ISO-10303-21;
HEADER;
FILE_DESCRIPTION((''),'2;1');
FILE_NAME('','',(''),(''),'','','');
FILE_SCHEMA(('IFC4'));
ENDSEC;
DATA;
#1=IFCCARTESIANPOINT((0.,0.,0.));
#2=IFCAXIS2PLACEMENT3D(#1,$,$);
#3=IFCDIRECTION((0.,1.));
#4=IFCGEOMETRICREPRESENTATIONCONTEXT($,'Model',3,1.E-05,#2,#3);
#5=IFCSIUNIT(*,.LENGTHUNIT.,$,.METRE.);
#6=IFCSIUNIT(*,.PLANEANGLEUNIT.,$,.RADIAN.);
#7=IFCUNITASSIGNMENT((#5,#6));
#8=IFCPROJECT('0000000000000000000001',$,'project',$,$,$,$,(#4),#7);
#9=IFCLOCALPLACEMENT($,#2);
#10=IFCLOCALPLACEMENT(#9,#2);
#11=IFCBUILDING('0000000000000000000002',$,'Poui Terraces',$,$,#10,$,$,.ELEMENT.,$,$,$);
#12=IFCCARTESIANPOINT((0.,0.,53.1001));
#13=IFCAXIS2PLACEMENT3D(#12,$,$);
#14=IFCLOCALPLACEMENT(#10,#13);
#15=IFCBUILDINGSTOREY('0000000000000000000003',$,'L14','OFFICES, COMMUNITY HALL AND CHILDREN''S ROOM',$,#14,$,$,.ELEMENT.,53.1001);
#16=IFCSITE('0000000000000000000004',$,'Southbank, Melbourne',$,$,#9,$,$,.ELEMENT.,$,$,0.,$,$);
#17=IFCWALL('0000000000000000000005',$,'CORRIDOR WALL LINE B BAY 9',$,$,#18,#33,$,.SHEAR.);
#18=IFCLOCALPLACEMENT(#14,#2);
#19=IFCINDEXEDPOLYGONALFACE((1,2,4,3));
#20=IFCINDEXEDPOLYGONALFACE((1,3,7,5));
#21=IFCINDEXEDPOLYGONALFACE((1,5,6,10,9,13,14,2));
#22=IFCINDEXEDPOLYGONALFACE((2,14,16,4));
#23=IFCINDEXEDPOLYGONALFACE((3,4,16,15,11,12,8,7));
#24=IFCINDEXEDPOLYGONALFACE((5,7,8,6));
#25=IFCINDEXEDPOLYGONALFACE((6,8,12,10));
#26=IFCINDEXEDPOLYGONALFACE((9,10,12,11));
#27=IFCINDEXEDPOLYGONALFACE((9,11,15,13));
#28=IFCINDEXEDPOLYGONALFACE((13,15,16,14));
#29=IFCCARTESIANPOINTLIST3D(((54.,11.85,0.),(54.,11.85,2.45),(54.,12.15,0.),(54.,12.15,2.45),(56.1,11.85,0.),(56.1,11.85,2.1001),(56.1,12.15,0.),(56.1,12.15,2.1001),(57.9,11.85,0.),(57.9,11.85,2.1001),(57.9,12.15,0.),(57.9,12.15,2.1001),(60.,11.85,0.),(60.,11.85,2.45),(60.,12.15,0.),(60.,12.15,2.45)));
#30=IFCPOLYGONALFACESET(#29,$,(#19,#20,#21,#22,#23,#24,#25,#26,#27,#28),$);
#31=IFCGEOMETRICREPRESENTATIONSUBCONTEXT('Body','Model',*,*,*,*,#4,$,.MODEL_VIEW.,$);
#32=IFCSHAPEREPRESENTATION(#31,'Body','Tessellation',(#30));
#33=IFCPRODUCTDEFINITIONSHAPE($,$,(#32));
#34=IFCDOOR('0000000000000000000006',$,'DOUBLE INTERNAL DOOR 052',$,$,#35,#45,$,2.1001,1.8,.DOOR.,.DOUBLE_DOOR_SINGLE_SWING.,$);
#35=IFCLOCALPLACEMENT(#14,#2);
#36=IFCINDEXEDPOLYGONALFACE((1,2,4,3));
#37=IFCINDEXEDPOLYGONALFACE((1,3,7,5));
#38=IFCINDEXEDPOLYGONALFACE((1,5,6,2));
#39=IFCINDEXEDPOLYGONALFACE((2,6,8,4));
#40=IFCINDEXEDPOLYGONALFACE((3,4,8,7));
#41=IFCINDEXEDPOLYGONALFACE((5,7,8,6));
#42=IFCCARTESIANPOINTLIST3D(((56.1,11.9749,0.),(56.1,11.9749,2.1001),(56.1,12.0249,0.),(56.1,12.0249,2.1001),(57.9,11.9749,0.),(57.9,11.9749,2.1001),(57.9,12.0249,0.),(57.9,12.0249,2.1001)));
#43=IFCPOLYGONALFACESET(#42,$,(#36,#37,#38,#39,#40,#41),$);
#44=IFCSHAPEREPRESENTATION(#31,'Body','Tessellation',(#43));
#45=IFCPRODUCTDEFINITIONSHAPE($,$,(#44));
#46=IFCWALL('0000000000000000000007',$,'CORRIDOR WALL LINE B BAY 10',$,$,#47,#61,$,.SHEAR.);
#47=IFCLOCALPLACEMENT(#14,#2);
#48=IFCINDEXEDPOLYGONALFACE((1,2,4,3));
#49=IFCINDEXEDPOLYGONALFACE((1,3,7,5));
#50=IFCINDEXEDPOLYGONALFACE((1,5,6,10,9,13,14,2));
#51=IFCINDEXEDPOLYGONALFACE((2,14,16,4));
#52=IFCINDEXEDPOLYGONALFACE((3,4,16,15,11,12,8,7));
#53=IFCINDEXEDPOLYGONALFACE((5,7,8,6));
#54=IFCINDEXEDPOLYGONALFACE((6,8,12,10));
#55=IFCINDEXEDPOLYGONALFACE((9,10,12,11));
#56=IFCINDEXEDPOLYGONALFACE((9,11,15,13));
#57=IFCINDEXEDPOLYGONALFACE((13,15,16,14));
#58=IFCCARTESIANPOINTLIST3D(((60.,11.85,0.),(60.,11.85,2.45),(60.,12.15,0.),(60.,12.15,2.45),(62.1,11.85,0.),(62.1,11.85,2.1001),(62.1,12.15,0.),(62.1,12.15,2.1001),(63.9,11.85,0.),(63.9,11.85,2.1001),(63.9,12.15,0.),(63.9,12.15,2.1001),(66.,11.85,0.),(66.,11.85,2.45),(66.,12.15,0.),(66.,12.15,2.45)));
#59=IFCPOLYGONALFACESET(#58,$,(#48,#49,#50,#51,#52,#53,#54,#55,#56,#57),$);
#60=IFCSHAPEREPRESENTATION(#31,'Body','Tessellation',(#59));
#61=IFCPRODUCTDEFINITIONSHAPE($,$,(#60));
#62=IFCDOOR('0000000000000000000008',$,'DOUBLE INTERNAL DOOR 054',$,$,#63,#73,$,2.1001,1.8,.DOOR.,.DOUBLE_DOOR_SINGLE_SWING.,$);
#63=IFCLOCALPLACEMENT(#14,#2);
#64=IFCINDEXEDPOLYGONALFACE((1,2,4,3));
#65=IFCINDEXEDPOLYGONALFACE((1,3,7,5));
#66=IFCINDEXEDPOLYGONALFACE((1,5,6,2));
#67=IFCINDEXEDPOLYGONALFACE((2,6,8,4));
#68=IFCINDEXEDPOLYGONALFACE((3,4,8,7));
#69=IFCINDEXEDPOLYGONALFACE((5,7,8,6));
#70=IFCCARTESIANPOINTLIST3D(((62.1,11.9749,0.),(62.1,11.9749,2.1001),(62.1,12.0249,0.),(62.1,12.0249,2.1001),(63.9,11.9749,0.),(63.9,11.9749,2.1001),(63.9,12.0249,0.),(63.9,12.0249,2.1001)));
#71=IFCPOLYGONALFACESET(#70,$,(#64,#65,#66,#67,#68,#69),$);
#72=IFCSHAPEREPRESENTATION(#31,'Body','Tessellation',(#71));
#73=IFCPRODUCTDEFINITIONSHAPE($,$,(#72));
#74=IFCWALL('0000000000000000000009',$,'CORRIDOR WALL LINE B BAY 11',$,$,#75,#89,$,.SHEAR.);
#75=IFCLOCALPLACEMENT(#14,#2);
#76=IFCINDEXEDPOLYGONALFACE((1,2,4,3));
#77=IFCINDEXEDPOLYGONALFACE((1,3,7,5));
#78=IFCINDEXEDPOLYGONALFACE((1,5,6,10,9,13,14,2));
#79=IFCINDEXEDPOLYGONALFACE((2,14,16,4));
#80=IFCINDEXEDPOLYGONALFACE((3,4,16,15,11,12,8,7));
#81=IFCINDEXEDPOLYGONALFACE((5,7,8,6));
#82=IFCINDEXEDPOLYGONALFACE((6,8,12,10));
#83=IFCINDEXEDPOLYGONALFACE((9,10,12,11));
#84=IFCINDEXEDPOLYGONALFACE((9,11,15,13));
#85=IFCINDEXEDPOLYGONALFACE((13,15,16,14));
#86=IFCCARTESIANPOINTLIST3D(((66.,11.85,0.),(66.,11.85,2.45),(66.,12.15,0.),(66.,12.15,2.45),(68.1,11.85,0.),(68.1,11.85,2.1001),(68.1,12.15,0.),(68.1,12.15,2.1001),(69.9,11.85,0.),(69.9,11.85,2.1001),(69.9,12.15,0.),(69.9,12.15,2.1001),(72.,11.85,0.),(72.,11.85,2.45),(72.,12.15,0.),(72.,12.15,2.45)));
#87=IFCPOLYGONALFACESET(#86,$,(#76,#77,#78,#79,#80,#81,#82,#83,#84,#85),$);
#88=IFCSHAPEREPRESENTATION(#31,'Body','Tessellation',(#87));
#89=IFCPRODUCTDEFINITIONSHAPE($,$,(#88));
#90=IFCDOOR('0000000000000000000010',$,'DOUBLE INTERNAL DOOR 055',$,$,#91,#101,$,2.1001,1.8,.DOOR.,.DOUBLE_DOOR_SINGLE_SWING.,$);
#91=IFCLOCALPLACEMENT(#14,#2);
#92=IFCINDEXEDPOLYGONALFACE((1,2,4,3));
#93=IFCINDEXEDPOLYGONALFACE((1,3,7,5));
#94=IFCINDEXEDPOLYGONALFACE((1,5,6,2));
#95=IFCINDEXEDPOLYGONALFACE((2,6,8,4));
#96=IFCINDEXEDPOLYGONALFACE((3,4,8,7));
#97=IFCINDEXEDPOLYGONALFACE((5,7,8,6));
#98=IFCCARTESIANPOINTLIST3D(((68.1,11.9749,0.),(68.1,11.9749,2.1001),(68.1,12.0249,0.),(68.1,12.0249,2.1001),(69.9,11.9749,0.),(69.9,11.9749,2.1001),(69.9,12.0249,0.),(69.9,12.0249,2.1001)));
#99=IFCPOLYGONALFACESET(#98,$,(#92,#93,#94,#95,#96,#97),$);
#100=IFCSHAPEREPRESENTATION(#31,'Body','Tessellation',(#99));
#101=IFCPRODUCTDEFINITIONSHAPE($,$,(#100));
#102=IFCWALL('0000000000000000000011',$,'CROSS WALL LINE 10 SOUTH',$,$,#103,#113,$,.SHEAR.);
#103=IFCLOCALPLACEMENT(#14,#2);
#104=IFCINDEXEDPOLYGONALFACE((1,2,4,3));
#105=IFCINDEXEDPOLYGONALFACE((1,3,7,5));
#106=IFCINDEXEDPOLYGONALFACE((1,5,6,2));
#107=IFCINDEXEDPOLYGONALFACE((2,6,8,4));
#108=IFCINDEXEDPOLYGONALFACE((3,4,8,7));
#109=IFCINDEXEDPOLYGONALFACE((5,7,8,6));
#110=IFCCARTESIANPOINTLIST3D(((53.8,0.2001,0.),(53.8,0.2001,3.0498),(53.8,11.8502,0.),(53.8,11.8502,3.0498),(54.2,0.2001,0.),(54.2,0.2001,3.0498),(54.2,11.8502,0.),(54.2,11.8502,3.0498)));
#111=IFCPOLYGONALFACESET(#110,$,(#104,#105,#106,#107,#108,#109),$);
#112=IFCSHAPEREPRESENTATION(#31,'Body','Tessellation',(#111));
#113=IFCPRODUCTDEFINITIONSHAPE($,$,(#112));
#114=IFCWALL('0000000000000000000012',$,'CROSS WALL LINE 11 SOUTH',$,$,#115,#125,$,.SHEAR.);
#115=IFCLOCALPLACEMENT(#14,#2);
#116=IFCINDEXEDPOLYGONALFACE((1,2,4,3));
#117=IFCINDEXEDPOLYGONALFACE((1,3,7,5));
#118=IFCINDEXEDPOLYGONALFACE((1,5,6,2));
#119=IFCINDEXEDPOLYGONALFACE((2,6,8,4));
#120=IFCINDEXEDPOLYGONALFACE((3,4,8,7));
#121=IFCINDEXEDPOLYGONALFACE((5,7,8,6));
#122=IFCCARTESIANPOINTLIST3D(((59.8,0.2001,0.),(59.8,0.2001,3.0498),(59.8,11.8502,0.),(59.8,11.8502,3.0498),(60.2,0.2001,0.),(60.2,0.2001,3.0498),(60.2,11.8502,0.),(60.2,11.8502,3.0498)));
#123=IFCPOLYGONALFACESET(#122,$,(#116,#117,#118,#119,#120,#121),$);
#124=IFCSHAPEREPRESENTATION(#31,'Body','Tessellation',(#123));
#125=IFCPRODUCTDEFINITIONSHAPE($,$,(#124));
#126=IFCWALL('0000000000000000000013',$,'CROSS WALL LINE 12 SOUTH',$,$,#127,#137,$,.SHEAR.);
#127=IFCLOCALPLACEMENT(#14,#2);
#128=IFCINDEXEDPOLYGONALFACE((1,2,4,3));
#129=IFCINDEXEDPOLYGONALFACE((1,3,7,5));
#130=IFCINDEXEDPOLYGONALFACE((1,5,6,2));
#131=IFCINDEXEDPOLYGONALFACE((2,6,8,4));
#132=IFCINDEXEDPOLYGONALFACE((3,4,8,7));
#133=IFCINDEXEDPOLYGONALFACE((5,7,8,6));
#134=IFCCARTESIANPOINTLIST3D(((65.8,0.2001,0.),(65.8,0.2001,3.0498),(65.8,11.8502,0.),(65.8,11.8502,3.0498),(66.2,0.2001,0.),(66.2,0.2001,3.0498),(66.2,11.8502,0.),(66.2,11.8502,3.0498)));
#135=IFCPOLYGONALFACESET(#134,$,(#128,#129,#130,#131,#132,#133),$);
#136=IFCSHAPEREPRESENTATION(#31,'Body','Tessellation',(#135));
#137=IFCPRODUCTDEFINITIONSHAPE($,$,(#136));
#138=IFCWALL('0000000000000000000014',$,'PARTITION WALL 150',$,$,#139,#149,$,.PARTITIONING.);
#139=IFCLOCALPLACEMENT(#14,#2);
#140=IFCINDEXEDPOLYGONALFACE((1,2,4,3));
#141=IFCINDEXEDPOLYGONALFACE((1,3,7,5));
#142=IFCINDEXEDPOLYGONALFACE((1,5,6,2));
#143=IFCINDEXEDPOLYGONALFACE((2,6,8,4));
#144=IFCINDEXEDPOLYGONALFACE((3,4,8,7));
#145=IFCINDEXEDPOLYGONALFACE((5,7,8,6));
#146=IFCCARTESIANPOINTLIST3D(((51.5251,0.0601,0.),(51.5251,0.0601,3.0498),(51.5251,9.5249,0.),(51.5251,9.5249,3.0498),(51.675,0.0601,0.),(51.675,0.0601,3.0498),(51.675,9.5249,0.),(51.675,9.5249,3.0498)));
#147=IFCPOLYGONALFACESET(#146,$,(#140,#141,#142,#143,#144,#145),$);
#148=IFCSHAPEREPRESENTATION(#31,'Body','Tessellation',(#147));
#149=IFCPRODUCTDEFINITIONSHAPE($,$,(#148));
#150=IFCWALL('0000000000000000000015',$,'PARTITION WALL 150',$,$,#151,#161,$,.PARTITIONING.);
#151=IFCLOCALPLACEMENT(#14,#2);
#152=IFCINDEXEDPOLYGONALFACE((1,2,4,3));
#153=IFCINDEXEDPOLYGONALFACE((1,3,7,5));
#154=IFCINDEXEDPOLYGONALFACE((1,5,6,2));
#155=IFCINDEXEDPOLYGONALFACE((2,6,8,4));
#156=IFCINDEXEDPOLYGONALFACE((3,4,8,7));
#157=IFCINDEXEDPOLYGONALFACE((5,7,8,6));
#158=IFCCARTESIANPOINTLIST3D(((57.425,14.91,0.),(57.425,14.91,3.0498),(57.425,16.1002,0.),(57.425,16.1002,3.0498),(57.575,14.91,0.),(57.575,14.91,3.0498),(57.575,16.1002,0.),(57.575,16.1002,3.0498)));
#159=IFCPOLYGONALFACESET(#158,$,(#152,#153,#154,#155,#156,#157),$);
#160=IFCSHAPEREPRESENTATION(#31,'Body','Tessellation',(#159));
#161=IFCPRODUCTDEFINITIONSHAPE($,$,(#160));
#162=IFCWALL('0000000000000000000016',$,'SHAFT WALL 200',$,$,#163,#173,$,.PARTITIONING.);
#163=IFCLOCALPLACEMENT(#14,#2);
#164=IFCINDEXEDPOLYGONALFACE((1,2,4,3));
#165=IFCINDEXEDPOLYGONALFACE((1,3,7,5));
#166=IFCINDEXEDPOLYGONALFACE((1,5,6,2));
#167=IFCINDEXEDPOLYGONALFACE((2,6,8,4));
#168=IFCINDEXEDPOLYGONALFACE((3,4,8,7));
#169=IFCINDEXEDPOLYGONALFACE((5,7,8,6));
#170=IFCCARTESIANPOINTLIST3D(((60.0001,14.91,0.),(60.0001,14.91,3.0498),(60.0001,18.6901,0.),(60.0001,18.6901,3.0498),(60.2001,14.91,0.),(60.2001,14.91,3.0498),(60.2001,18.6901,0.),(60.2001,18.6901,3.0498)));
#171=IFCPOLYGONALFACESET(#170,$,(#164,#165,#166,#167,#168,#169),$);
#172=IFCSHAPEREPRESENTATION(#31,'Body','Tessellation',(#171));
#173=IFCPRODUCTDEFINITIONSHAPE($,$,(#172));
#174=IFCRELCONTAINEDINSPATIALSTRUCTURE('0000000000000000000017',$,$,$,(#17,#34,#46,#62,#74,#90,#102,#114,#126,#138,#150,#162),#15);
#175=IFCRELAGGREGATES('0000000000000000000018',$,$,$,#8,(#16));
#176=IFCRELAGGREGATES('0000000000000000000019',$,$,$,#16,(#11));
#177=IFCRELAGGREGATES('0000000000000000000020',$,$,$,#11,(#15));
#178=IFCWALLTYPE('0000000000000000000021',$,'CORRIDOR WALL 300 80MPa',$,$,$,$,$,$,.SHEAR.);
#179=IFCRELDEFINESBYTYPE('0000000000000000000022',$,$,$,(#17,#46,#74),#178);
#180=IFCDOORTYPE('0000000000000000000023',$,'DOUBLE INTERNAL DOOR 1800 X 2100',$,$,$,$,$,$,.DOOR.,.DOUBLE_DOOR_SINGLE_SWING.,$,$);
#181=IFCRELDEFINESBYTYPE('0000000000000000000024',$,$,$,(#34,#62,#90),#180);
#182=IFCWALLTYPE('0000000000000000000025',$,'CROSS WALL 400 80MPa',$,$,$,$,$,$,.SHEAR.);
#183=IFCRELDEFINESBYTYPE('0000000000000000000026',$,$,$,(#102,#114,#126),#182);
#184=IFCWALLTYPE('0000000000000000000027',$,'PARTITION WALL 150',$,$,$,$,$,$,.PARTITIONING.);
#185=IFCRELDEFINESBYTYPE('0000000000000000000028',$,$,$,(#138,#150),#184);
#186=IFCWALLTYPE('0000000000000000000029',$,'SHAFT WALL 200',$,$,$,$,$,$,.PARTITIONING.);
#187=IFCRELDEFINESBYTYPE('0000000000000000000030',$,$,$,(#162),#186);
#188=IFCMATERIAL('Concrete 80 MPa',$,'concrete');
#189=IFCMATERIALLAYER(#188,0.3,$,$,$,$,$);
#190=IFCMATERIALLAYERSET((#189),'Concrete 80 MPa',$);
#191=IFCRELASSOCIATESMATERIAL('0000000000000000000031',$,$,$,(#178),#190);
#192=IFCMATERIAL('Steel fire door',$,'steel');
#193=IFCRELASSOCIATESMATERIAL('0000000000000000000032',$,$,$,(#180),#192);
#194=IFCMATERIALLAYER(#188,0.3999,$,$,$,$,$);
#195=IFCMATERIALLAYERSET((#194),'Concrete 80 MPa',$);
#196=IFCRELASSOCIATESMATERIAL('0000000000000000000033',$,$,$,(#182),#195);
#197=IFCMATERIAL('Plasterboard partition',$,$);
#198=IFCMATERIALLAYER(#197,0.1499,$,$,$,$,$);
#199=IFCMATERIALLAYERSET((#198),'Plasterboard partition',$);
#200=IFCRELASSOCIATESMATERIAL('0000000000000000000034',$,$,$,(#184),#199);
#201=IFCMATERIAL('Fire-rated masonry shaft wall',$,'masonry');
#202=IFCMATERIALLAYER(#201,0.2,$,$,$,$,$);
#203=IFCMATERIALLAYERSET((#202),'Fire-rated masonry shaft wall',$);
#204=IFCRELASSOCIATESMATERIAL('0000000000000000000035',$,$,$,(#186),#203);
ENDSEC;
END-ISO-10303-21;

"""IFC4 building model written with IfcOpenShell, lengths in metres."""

from ifc_helpers import new_model, si_unit, direction, frame, frame_2d, origin, place, context, subcontext, project, spatial, rectangle, extrude, material, layer, layer_set, type_object, element, fill, save


model = new_model("IFC4")

# Units and contexts
model_context = context("Model", 3, precision=1e-05, world=origin(), true_north=direction((0.0, 1.0)))
body_context = subcontext(model_context, "Body", "Model", "MODEL_VIEW")
ifc_project = project(units=[si_unit("LENGTHUNIT", "METRE"), si_unit("PLANEANGLEUNIT", "RADIAN")], contexts=[model_context])

# Site, building, storey
site_placement = place(None, origin())
site = spatial("IfcSite", under=ifc_project, at=site_placement, Name="Southbank, Melbourne", CompositionType="ELEMENT", RefElevation=0.0)
building_placement = place(site_placement, origin())
building = spatial("IfcBuilding", under=site, at=building_placement, Name="Poui Terraces", CompositionType="ELEMENT")
storey_placement = place(building_placement, frame((0.0, 0.0, 53.1001)))
storey = spatial("IfcBuildingStorey", under=building, at=storey_placement, Name="L14", Description="OFFICES, COMMUNITY HALL AND CHILDREN'S ROOM", CompositionType="ELEMENT", Elevation=53.1001)

# Shared definitions
ifc_material_1 = material(Name="Concrete 80 MPa", Category="concrete")

# Walls, openings, doors
ifc_layer_1 = layer(ifc_material_1, 0.3)
ifc_layer_set_1 = layer_set([ifc_layer_1], Name="Concrete 80 MPa")
wall_type_1 = type_object("IfcWallType", Name="CORRIDOR WALL 300 80MPa", PredefinedType="SHEAR", material=ifc_layer_set_1)
wall_1_placement = place(storey_placement, frame((54.0, 12.0, 0.0), z_axis=(0.0, 0.0, 1.0), x_axis=(1.0, 0.0, 0.0)))
wall_1 = element("IfcWall", 1, at=wall_1_placement, inside=storey, type_object=wall_type_1, Name="CORRIDOR WALL LINE B BAY 9", PredefinedType="SHEAR", context=body_context, shape_type="SweptSolid", body=[
    extrude(rectangle(XDim=6.0, YDim=0.3, at=frame_2d((3.0, 0.0))), origin(), (0.0, 0.0, 1.0), 2.45),
])
opening_1_placement = place(wall_1_placement, frame((2.1001, 0.0, 0.0)))
opening_1 = element("IfcOpeningElement", 2, at=opening_1_placement, cuts=wall_1, PredefinedType="OPENING", context=body_context, shape_type="SweptSolid", body=[
    extrude(rectangle(XDim=1.8, YDim=2.1001, at=frame_2d((0.8999, 1.05))), frame((0.0, 0.1602, 0.0), z_axis=(0.0, -1.0, 0.0), x_axis=(1.0, 0.0, 0.0)), (0.0, 0.0, 1.0), 0.3201),
])
ifc_material_2 = material(Name="Steel fire door", Category="steel")
door_type_1 = type_object("IfcDoorType", Name="DOUBLE INTERNAL DOOR 1800 X 2100", OperationType="DOUBLE_DOOR_SINGLE_SWING", PredefinedType="DOOR", material=ifc_material_2)
door_1_placement = place(opening_1_placement, origin())
door_1 = element("IfcDoor", 3, at=door_1_placement, inside=storey, type_object=door_type_1, Name="DOUBLE INTERNAL DOOR 052", OperationType="DOUBLE_DOOR_SINGLE_SWING", OverallHeight=2.1001, OverallWidth=1.8, PredefinedType="DOOR", context=body_context, shape_type="SweptSolid", body=[
    extrude(rectangle(XDim=1.8, YDim=2.1001, at=frame_2d((0.8999, 1.05))), frame((0.0, 0.0249, 0.0), z_axis=(0.0, -1.0, 0.0), x_axis=(1.0, 0.0, 0.0)), (0.0, 0.0, 1.0), 0.05),
])
fill(opening_1, door_1)
wall_2_placement = place(storey_placement, frame((60.0, 12.0, 0.0), z_axis=(0.0, 0.0, 1.0), x_axis=(1.0, 0.0, 0.0)))
wall_2 = element("IfcWall", 4, at=wall_2_placement, inside=storey, type_object=wall_type_1, Name="CORRIDOR WALL LINE B BAY 10", PredefinedType="SHEAR", context=body_context, shape_type="SweptSolid", body=[
    extrude(rectangle(XDim=6.0, YDim=0.3, at=frame_2d((3.0, 0.0))), origin(), (0.0, 0.0, 1.0), 2.45),
])
opening_2_placement = place(wall_2_placement, frame((2.1001, 0.0, 0.0)))
opening_2 = element("IfcOpeningElement", 5, at=opening_2_placement, cuts=wall_2, PredefinedType="OPENING", context=body_context, shape_type="SweptSolid", body=[
    extrude(rectangle(XDim=1.8, YDim=2.1001, at=frame_2d((0.8999, 1.05))), frame((0.0, 0.1602, 0.0), z_axis=(0.0, -1.0, 0.0), x_axis=(1.0, 0.0, 0.0)), (0.0, 0.0, 1.0), 0.3201),
])
door_2_placement = place(opening_2_placement, origin())
door_2 = element("IfcDoor", 6, at=door_2_placement, inside=storey, type_object=door_type_1, Name="DOUBLE INTERNAL DOOR 054", OperationType="DOUBLE_DOOR_SINGLE_SWING", OverallHeight=2.1001, OverallWidth=1.8, PredefinedType="DOOR", context=body_context, shape_type="SweptSolid", body=[
    extrude(rectangle(XDim=1.8, YDim=2.1001, at=frame_2d((0.8999, 1.05))), frame((0.0, 0.0249, 0.0), z_axis=(0.0, -1.0, 0.0), x_axis=(1.0, 0.0, 0.0)), (0.0, 0.0, 1.0), 0.05),
])
fill(opening_2, door_2)
wall_3_placement = place(storey_placement, frame((66.0, 12.0, 0.0), z_axis=(0.0, 0.0, 1.0), x_axis=(1.0, 0.0, 0.0)))
wall_3 = element("IfcWall", 7, at=wall_3_placement, inside=storey, type_object=wall_type_1, Name="CORRIDOR WALL LINE B BAY 11", PredefinedType="SHEAR", context=body_context, shape_type="SweptSolid", body=[
    extrude(rectangle(XDim=6.0, YDim=0.3, at=frame_2d((3.0, 0.0))), origin(), (0.0, 0.0, 1.0), 2.45),
])
opening_3_placement = place(wall_3_placement, frame((2.1001, 0.0, 0.0)))
opening_3 = element("IfcOpeningElement", 8, at=opening_3_placement, cuts=wall_3, PredefinedType="OPENING", context=body_context, shape_type="SweptSolid", body=[
    extrude(rectangle(XDim=1.8, YDim=2.1001, at=frame_2d((0.8999, 1.05))), frame((0.0, 0.1602, 0.0), z_axis=(0.0, -1.0, 0.0), x_axis=(1.0, 0.0, 0.0)), (0.0, 0.0, 1.0), 0.3201),
])
door_3_placement = place(opening_3_placement, origin())
door_3 = element("IfcDoor", 9, at=door_3_placement, inside=storey, type_object=door_type_1, Name="DOUBLE INTERNAL DOOR 055", OperationType="DOUBLE_DOOR_SINGLE_SWING", OverallHeight=2.1001, OverallWidth=1.8, PredefinedType="DOOR", context=body_context, shape_type="SweptSolid", body=[
    extrude(rectangle(XDim=1.8, YDim=2.1001, at=frame_2d((0.8999, 1.05))), frame((0.0, 0.0249, 0.0), z_axis=(0.0, -1.0, 0.0), x_axis=(1.0, 0.0, 0.0)), (0.0, 0.0, 1.0), 0.05),
])
fill(opening_3, door_3)

# Walls
ifc_layer_2 = layer(ifc_material_1, 0.3999)
ifc_layer_set_2 = layer_set([ifc_layer_2], Name="Concrete 80 MPa")
wall_type_2 = type_object("IfcWallType", Name="CROSS WALL 400 80MPa", PredefinedType="SHEAR", material=ifc_layer_set_2)
for number, where, z_axis, x_axis, name in (
    (10, (54.0, 0.2, 0.0), (0.0, 0.0, 1.0), (0.0, 1.0, 0.0), "CROSS WALL LINE 10 SOUTH"),
    (11, (60.0, 0.2, 0.0), (0.0, 0.0, 1.0), (0.0, 1.0, 0.0), "CROSS WALL LINE 11 SOUTH"),
    (12, (66.0, 0.2, 0.0), (0.0, 0.0, 1.0), (0.0, 1.0, 0.0), "CROSS WALL LINE 12 SOUTH"),
):
    element("IfcWall", number, at=place(storey_placement, frame(where, z_axis=z_axis, x_axis=x_axis)), inside=storey, type_object=wall_type_2, Name=name, PredefinedType="SHEAR", context=body_context, shape_type="SweptSolid", body=[
        extrude(rectangle(XDim=11.6501, YDim=0.3999, at=frame_2d((5.8252, 0.0))), origin(), (0.0, 0.0, 1.0), 3.0498),
    ])
ifc_material_3 = material(Name="Plasterboard partition")
ifc_layer_3 = layer(ifc_material_3, 0.1499)
ifc_layer_set_3 = layer_set([ifc_layer_3], Name="Plasterboard partition")
wall_type_3 = type_object("IfcWallType", Name="PARTITION WALL 150", PredefinedType="PARTITIONING", material=ifc_layer_set_3)
wall_4_placement = place(storey_placement, frame((51.6001, 0.0601, 0.0), z_axis=(0.0, 0.0, 1.0), x_axis=(0.0, 1.0, 0.0)))
element("IfcWall", 13, at=wall_4_placement, inside=storey, type_object=wall_type_3, Name="PARTITION WALL 150", PredefinedType="PARTITIONING", context=body_context, shape_type="SweptSolid", body=[
    extrude(rectangle(XDim=9.4648, YDim=0.1499, at=frame_2d((4.7324, 0.0))), origin(), (0.0, 0.0, 1.0), 3.0498),
])
wall_5_placement = place(storey_placement, frame((57.5, 14.9099, 0.0), z_axis=(0.0, 0.0, 1.0), x_axis=(0.0, 1.0, 0.0)))
element("IfcWall", 14, at=wall_5_placement, inside=storey, type_object=wall_type_3, Name="PARTITION WALL 150", PredefinedType="PARTITIONING", context=body_context, shape_type="SweptSolid", body=[
    extrude(rectangle(XDim=1.1902, YDim=0.1499, at=frame_2d((0.5952, 0.0))), origin(), (0.0, 0.0, 1.0), 3.0498),
])
ifc_material_4 = material(Name="Fire-rated masonry shaft wall", Category="masonry")
ifc_layer_4 = layer(ifc_material_4, 0.2)
ifc_layer_set_4 = layer_set([ifc_layer_4], Name="Fire-rated masonry shaft wall")
wall_type_4 = type_object("IfcWallType", Name="SHAFT WALL 200", PredefinedType="PARTITIONING", material=ifc_layer_set_4)
wall_6_placement = place(storey_placement, frame((60.1001, 14.9099, 0.0), z_axis=(0.0, 0.0, 1.0), x_axis=(0.0, 1.0, 0.0)))
element("IfcWall", 15, at=wall_6_placement, inside=storey, type_object=wall_type_4, Name="SHAFT WALL 200", PredefinedType="PARTITIONING", context=body_context, shape_type="SweptSolid", body=[
    extrude(rectangle(XDim=3.78, YDim=0.2, at=frame_2d((1.8901, 0.0))), origin(), (0.0, 0.0, 1.0), 3.0498),
])

save(model, "model.ifc")
